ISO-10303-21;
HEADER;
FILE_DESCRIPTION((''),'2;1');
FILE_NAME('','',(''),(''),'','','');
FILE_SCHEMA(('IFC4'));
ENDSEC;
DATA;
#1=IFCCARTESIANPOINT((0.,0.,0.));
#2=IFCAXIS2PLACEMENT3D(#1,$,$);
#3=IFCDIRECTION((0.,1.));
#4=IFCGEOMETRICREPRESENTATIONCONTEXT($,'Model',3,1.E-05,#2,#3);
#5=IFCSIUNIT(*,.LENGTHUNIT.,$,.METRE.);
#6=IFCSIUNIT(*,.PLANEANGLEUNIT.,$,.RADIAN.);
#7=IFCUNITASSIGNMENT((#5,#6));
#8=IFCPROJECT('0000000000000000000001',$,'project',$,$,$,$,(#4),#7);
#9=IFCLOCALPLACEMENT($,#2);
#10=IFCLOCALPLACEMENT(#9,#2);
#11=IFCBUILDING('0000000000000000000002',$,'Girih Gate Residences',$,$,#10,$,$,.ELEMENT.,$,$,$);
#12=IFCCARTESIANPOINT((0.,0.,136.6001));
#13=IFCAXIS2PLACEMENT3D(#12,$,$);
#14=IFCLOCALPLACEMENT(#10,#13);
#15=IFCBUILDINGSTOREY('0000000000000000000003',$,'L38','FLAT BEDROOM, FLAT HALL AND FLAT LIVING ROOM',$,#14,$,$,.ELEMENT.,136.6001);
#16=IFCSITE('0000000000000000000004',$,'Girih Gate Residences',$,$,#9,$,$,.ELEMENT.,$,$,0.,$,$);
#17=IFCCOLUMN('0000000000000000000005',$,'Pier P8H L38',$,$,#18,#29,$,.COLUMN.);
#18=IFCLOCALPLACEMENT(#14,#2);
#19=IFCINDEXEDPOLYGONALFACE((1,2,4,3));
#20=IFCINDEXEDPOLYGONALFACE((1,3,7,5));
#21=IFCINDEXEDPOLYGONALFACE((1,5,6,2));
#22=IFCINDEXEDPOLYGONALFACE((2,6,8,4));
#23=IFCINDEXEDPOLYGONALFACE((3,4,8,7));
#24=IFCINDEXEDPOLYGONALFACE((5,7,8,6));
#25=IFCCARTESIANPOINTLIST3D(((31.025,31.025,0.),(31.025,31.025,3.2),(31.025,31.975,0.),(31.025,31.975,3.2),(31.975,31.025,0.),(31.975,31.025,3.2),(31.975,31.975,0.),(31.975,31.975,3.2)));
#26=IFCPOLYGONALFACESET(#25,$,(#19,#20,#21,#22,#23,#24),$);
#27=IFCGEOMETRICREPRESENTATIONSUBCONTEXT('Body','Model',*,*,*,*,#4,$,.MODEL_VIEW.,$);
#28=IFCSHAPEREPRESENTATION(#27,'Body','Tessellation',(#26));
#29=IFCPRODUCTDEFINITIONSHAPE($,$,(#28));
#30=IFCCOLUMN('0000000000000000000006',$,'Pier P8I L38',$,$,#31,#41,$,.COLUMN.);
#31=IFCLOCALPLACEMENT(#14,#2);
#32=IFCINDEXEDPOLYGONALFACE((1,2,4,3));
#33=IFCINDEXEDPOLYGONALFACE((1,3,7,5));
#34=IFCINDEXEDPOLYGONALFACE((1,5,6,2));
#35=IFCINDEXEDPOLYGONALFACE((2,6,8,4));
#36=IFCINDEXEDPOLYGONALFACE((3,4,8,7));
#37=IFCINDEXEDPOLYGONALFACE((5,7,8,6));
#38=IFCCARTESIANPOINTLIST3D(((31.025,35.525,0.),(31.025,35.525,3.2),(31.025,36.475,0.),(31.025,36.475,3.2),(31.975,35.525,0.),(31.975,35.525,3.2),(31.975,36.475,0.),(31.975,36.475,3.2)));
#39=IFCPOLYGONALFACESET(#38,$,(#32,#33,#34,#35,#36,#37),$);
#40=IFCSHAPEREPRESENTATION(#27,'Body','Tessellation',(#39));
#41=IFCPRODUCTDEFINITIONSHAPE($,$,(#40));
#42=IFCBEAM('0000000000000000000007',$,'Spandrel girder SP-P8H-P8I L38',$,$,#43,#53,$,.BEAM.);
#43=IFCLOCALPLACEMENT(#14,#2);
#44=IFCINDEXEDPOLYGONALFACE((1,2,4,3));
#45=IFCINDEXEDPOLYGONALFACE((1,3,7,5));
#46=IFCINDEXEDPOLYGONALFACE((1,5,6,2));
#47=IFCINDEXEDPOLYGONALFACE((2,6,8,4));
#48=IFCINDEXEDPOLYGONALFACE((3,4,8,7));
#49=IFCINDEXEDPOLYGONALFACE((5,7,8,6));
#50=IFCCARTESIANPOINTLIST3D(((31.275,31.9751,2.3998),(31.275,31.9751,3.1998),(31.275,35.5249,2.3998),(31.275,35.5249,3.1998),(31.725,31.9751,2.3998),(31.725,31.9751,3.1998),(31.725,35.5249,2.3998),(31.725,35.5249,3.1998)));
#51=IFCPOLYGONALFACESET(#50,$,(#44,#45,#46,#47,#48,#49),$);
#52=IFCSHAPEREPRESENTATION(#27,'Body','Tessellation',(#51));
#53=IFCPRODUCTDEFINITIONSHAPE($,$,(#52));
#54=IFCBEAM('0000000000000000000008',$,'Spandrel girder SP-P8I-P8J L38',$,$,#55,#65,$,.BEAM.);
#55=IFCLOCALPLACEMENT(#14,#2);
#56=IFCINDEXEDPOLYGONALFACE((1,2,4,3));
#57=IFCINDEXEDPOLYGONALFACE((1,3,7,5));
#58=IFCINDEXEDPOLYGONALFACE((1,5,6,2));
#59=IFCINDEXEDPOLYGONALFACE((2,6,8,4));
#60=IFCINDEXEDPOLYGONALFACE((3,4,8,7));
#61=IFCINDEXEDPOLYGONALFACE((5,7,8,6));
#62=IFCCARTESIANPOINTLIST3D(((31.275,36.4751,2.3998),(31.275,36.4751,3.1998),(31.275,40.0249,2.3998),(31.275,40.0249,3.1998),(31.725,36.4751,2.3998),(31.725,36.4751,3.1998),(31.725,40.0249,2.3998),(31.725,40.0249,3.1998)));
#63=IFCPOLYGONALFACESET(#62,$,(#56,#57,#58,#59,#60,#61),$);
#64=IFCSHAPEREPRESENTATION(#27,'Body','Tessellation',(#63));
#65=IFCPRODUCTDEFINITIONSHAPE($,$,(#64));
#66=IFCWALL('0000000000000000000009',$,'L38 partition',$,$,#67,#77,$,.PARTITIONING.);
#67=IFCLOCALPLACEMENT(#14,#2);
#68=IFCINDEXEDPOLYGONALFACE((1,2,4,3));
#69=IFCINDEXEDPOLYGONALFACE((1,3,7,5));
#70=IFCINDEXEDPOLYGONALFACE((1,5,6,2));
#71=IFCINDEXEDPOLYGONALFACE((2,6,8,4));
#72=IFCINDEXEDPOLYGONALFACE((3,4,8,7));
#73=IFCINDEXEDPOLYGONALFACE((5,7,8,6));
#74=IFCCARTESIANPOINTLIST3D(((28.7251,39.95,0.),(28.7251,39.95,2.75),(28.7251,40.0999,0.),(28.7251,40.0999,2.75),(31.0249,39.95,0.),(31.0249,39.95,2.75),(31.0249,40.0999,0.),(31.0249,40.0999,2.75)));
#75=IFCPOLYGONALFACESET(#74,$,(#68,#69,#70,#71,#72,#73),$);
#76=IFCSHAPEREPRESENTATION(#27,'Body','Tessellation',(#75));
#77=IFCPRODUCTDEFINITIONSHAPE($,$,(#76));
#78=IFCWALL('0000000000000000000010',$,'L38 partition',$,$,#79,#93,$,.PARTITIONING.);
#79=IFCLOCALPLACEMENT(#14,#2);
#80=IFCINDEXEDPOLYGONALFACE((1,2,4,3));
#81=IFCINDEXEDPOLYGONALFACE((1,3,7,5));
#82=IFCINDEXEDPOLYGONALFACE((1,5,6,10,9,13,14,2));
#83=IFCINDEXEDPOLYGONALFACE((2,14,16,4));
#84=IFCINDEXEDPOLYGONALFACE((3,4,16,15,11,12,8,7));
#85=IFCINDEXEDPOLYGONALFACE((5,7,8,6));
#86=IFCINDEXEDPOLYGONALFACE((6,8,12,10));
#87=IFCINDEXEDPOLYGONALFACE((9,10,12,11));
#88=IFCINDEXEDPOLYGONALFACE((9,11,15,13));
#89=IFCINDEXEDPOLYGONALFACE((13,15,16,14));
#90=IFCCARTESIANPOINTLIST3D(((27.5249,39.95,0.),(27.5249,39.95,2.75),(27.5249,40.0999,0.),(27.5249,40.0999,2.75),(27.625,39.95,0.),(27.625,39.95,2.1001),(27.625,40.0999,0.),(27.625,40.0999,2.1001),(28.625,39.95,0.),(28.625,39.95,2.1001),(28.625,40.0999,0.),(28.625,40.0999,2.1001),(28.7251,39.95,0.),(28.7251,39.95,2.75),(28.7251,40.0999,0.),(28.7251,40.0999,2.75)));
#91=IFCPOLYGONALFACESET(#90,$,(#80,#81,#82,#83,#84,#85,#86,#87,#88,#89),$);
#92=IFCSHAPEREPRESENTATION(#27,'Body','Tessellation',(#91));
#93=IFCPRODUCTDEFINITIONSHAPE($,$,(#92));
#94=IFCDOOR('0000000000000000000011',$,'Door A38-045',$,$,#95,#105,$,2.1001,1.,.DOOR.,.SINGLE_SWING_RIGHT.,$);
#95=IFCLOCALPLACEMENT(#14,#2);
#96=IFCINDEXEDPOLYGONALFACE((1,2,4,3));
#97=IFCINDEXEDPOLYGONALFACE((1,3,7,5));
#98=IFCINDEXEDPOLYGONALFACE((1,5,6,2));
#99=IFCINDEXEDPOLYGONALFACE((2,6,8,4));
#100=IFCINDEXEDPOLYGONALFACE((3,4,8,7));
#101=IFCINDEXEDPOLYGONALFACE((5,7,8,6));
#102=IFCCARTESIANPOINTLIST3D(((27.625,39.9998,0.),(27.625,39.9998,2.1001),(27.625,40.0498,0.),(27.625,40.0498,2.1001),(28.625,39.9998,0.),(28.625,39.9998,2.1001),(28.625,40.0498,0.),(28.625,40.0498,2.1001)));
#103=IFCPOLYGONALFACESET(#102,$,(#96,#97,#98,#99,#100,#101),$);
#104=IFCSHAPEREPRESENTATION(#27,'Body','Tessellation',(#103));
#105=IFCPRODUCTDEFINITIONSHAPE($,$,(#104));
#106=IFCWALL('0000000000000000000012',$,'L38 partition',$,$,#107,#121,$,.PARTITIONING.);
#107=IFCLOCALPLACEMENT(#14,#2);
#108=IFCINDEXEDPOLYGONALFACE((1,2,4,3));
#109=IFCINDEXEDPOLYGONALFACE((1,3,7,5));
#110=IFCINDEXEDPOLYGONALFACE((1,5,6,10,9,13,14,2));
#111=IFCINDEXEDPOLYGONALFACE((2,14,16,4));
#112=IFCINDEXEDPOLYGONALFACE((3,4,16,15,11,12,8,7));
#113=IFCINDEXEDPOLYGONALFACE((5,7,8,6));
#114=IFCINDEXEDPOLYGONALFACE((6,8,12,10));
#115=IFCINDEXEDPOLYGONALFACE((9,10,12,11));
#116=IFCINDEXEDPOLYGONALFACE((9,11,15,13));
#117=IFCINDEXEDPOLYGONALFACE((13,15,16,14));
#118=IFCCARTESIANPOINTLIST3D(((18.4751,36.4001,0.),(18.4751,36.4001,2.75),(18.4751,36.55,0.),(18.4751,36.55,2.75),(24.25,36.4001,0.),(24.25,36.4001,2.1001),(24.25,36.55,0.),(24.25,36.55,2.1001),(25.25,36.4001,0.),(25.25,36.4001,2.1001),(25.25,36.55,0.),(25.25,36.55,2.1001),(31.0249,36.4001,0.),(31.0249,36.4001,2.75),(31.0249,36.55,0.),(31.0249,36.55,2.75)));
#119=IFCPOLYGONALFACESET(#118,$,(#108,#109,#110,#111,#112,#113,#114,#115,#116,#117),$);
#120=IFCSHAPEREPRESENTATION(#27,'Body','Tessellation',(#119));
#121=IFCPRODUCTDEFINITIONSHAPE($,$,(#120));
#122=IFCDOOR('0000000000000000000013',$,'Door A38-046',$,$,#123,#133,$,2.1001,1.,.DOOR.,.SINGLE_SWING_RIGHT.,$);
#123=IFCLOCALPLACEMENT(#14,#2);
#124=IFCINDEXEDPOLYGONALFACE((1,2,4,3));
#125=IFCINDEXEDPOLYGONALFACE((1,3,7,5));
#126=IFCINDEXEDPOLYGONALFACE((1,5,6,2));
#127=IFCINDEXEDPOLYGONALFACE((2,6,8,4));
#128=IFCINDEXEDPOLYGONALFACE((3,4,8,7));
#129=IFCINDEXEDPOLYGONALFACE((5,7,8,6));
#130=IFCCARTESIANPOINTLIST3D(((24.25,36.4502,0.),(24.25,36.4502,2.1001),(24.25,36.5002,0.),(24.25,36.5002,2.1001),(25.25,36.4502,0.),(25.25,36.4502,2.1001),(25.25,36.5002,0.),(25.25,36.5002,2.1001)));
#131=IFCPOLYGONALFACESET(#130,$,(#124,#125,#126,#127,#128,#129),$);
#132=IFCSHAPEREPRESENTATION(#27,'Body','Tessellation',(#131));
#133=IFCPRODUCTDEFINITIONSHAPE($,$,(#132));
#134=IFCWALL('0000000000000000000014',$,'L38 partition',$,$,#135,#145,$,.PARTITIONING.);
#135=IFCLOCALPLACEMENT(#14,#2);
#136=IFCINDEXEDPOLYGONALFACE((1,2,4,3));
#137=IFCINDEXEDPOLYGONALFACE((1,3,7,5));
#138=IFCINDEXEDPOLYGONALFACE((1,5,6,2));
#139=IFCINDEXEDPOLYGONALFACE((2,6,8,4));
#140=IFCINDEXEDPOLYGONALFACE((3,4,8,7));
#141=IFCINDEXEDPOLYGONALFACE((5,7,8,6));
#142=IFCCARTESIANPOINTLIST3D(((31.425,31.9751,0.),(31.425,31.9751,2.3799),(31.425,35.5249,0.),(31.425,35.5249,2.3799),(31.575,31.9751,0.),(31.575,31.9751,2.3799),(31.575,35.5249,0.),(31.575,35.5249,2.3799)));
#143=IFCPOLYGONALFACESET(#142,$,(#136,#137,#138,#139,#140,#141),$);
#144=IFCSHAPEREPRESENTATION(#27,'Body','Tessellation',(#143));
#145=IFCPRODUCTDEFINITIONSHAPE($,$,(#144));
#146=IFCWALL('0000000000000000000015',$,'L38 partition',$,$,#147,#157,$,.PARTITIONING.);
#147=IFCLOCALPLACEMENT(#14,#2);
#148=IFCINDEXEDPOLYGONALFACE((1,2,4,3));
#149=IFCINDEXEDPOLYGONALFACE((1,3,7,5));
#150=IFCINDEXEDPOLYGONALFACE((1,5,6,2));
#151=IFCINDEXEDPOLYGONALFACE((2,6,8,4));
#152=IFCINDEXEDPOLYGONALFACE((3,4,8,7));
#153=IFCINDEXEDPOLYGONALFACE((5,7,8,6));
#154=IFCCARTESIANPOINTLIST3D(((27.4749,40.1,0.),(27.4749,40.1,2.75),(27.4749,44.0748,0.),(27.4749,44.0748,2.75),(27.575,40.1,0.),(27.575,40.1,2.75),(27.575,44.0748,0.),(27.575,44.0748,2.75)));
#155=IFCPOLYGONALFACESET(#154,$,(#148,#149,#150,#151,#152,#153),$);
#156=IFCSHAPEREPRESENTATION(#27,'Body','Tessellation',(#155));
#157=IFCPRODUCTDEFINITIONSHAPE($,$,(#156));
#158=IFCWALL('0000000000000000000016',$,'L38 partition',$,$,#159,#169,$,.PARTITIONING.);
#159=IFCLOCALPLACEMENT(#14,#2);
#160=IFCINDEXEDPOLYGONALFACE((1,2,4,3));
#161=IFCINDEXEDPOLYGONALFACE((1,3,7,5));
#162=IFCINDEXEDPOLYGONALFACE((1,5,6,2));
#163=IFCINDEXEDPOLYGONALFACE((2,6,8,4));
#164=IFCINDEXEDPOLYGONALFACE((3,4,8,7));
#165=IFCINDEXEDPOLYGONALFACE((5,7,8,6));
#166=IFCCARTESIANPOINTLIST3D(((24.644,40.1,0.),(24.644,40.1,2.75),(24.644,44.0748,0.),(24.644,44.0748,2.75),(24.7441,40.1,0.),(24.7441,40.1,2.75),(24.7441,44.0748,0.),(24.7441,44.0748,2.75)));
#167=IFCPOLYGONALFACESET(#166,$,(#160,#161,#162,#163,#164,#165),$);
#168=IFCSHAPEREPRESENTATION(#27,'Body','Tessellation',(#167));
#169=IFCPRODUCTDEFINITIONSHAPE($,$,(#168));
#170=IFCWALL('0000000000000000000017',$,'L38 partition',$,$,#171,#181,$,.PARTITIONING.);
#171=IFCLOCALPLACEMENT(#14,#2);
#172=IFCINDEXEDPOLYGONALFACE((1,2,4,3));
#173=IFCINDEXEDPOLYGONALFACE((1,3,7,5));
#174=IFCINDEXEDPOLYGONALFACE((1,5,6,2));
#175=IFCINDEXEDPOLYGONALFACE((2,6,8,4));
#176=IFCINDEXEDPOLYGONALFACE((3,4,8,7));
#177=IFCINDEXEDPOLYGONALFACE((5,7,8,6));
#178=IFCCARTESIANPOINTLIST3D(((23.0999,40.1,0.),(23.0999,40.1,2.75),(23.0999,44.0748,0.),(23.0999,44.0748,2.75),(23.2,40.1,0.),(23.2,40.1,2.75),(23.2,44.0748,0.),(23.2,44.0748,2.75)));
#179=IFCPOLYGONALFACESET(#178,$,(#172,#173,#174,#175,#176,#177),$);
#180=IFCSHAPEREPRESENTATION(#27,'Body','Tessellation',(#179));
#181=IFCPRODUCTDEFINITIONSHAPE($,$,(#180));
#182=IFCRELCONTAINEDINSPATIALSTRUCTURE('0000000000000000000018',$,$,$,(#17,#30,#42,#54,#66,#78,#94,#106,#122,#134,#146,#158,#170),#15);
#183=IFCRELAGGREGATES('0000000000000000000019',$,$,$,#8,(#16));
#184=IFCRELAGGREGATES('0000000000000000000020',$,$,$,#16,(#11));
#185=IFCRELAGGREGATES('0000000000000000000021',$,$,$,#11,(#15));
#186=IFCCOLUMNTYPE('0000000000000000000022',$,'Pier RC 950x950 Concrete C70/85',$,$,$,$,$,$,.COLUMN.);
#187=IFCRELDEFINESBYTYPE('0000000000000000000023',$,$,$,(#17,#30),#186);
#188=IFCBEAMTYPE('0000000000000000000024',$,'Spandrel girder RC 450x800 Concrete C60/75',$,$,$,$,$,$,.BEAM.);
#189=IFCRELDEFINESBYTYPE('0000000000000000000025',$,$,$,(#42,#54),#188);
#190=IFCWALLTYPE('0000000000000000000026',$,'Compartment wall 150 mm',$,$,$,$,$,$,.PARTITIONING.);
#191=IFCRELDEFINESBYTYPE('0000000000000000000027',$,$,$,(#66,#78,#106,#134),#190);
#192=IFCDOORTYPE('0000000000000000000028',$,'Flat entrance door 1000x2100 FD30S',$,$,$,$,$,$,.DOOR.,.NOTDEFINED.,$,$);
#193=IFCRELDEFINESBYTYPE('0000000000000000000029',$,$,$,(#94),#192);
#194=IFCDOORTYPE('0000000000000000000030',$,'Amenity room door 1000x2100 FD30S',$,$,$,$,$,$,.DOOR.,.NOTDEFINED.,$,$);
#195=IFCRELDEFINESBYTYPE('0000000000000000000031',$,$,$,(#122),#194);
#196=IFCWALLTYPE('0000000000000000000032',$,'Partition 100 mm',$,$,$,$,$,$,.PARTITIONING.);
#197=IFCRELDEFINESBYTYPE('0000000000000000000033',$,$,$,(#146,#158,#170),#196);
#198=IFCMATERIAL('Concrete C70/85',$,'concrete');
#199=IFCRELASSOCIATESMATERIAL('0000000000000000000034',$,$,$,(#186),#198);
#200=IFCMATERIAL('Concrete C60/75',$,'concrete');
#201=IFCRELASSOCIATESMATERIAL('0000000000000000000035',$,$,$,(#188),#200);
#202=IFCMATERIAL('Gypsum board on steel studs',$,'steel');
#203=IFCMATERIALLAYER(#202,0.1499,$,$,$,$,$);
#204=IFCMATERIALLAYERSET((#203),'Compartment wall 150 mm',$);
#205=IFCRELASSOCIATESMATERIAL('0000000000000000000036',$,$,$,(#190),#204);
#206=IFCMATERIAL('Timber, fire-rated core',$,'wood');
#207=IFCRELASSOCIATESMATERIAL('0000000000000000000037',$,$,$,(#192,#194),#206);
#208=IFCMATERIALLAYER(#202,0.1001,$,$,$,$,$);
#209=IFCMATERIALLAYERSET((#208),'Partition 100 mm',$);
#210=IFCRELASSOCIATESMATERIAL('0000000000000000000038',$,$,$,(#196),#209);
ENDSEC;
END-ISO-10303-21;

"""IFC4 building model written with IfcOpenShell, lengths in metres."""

from ifc_helpers import new_model, si_unit, direction, frame, frame_2d, origin, origin_2d, place, context, subcontext, project, spatial, rectangle, extrude, material, layer, layer_set, material_profile, profile_set, type_object, element, fill, save


model = new_model("IFC4")

# Units and contexts
model_context = context("Model", 3, precision=1e-05, world=origin(), true_north=direction((0.0, 1.0)))
body_context = subcontext(model_context, "Body", "Model", "MODEL_VIEW")
ifc_project = project(units=[si_unit("LENGTHUNIT", "METRE"), si_unit("PLANEANGLEUNIT", "RADIAN")], contexts=[model_context])

# Site, building, storey
site_placement = place(None, origin())
site = spatial("IfcSite", under=ifc_project, at=site_placement, Name="Girih Gate Residences", CompositionType="ELEMENT", RefElevation=0.0)
building_placement = place(site_placement, origin())
building = spatial("IfcBuilding", under=site, at=building_placement, Name="Girih Gate Residences", CompositionType="ELEMENT")
storey_placement = place(building_placement, frame((0.0, 0.0, 136.6001)))
storey = spatial("IfcBuildingStorey", under=building, at=storey_placement, Name="L38", Description="FLAT BEDROOM, FLAT HALL AND FLAT LIVING ROOM", CompositionType="ELEMENT", Elevation=136.6001)

# Columns
ifc_material_1 = material(Name="Concrete C70/85", Category="concrete")
ifc_material_profile_1 = material_profile(ifc_material_1, rectangle(XDim=0.95, YDim=0.95, at=origin_2d()))
ifc_profile_set_1 = profile_set([ifc_material_profile_1], Name="Concrete C70/85")
column_type = type_object("IfcColumnType", Name="Pier RC 950x950 Concrete C70/85", PredefinedType="COLUMN", material=ifc_profile_set_1)
for number, where, z_axis, x_axis, name in (
    (1, (31.5, 31.5, 0.0), (0.0, 0.0, 1.0), (1.0, 0.0, 0.0), "Pier P8H L38"),
    (2, (31.5, 36.0, 0.0), (0.0, 0.0, 1.0), (1.0, 0.0, 0.0), "Pier P8I L38"),
):
    element("IfcColumn", number, at=place(storey_placement, frame(where, z_axis=z_axis, x_axis=x_axis)), inside=storey, type_object=column_type, Name=name, PredefinedType="COLUMN", context=body_context, shape_type="SweptSolid", body=[
        extrude(rectangle(XDim=0.95, YDim=0.95, at=origin_2d()), origin(), (0.0, 0.0, 1.0), 3.2),
    ])

# Beams
ifc_material_2 = material(Name="Concrete C60/75", Category="concrete")
ifc_material_profile_2 = material_profile(ifc_material_2, rectangle(XDim=0.45, YDim=0.8, at=origin_2d()))
ifc_profile_set_2 = profile_set([ifc_material_profile_2], Name="Concrete C60/75")
beam_type = type_object("IfcBeamType", Name="Spandrel girder RC 450x800 Concrete C60/75", PredefinedType="BEAM", material=ifc_profile_set_2)
for number, where, z_axis, x_axis, name in (
    (3, (31.5, 31.9751, 2.7998), (0.0, 1.0, 0.0), (-1.0, 0.0, 0.0), "Spandrel girder SP-P8H-P8I L38"),
    (4, (31.5, 36.4751, 2.7998), (0.0, 1.0, 0.0), (-1.0, 0.0, 0.0), "Spandrel girder SP-P8I-P8J L38"),
):
    element("IfcBeam", number, at=place(storey_placement, frame(where, z_axis=z_axis, x_axis=x_axis)), inside=storey, type_object=beam_type, Name=name, PredefinedType="BEAM", context=body_context, shape_type="SweptSolid", body=[
        extrude(rectangle(XDim=0.45, YDim=0.8, at=origin_2d()), origin(), (0.0, 0.0, 1.0), 3.5498),
    ])

# Wall
ifc_material_3 = material(Name="Gypsum board on steel studs", Category="steel")
ifc_layer_1 = layer(ifc_material_3, 0.1499)
ifc_layer_set_1 = layer_set([ifc_layer_1], Name="Compartment wall 150 mm")
wall_type_1 = type_object("IfcWallType", Name="Compartment wall 150 mm", PredefinedType="PARTITIONING", material=ifc_layer_set_1)
wall_1_placement = place(storey_placement, frame((28.7251, 40.0249, 0.0), z_axis=(0.0, 0.0, 1.0), x_axis=(1.0, 0.0, 0.0)))
element("IfcWall", 5, at=wall_1_placement, inside=storey, type_object=wall_type_1, Name="L38 partition", PredefinedType="PARTITIONING", context=body_context, shape_type="SweptSolid", body=[
    extrude(rectangle(XDim=2.2998, YDim=0.1499, at=frame_2d((1.1499, 0.0))), origin(), (0.0, 0.0, 1.0), 2.75),
])

# Walls, openings, doors
wall_2_placement = place(storey_placement, frame((27.5249, 40.0249, 0.0), z_axis=(0.0, 0.0, 1.0), x_axis=(1.0, 0.0, 0.0)))
wall_2 = element("IfcWall", 6, at=wall_2_placement, inside=storey, type_object=wall_type_1, Name="L38 partition", PredefinedType="PARTITIONING", context=body_context, shape_type="SweptSolid", body=[
    extrude(rectangle(XDim=1.2002, YDim=0.1499, at=frame_2d((0.6001, 0.0))), origin(), (0.0, 0.0, 1.0), 2.75),
])
opening_1_placement = place(wall_2_placement, frame((0.1001, 0.0, 0.0)))
opening_1 = element("IfcOpeningElement", 7, at=opening_1_placement, cuts=wall_2, PredefinedType="OPENING", context=body_context, shape_type="SweptSolid", body=[
    extrude(rectangle(XDim=1.0, YDim=2.1001, at=frame_2d((0.5, 1.05))), frame((0.0, 0.085, 0.0), z_axis=(0.0, -1.0, 0.0), x_axis=(1.0, 0.0, 0.0)), (0.0, 0.0, 1.0), 0.1699),
])
ifc_material_4 = material(Name="Timber, fire-rated core", Category="wood")
door_type_1 = type_object("IfcDoorType", Name="Flat entrance door 1000x2100 FD30S", OperationType="NOTDEFINED", PredefinedType="DOOR", material=ifc_material_4)
door_1_placement = place(opening_1_placement, origin())
door_1 = element("IfcDoor", 8, at=door_1_placement, inside=storey, type_object=door_type_1, Name="Door A38-045", OperationType="SINGLE_SWING_RIGHT", OverallHeight=2.1001, OverallWidth=1.0, PredefinedType="DOOR", context=body_context, shape_type="SweptSolid", body=[
    extrude(rectangle(XDim=1.0, YDim=2.1001, at=frame_2d((0.5, 1.05))), frame((0.0, 0.0249, 0.0), z_axis=(0.0, -1.0, 0.0), x_axis=(1.0, 0.0, 0.0)), (0.0, 0.0, 1.0), 0.05),
])
fill(opening_1, door_1)
wall_3_placement = place(storey_placement, frame((31.0249, 36.4751, 0.0), z_axis=(0.0, 0.0, 1.0), x_axis=(-1.0, 0.0, 0.0)))
wall_3 = element("IfcWall", 9, at=wall_3_placement, inside=storey, type_object=wall_type_1, Name="L38 partition", PredefinedType="PARTITIONING", context=body_context, shape_type="SweptSolid", body=[
    extrude(rectangle(XDim=12.5498, YDim=0.1499, at=frame_2d((6.2749, 0.0))), origin(), (0.0, 0.0, 1.0), 2.75),
])
opening_2_placement = place(wall_3_placement, frame((5.7749, 0.0, 0.0)))
opening_2 = element("IfcOpeningElement", 10, at=opening_2_placement, cuts=wall_3, PredefinedType="OPENING", context=body_context, shape_type="SweptSolid", body=[
    extrude(rectangle(XDim=1.0, YDim=2.1001, at=frame_2d((0.5, 1.05))), frame((0.0, 0.085, 0.0), z_axis=(0.0, -1.0, 0.0), x_axis=(1.0, 0.0, 0.0)), (0.0, 0.0, 1.0), 0.1699),
])
door_type_2 = type_object("IfcDoorType", Name="Amenity room door 1000x2100 FD30S", OperationType="NOTDEFINED", PredefinedType="DOOR", material=ifc_material_4)
door_2_placement = place(opening_2_placement, origin())
door_2 = element("IfcDoor", 11, at=door_2_placement, inside=storey, type_object=door_type_2, Name="Door A38-046", OperationType="SINGLE_SWING_RIGHT", OverallHeight=2.1001, OverallWidth=1.0, PredefinedType="DOOR", context=body_context, shape_type="SweptSolid", body=[
    extrude(rectangle(XDim=1.0, YDim=2.1001, at=frame_2d((0.5, 1.05))), frame((0.0, 0.0249, 0.0), z_axis=(0.0, -1.0, 0.0), x_axis=(1.0, 0.0, 0.0)), (0.0, 0.0, 1.0), 0.05),
])
fill(opening_2, door_2)

# Walls
wall_4_placement = place(storey_placement, frame((31.5, 31.9751, 0.0), z_axis=(0.0, 0.0, 1.0), x_axis=(0.0, 1.0, 0.0)))
element("IfcWall", 12, at=wall_4_placement, inside=storey, type_object=wall_type_1, Name="L38 partition", PredefinedType="PARTITIONING", context=body_context, shape_type="SweptSolid", body=[
    extrude(rectangle(XDim=3.5498, YDim=0.1499, at=frame_2d((1.7749, 0.0))), origin(), (0.0, 0.0, 1.0), 2.3799),
])
ifc_layer_2 = layer(ifc_material_3, 0.1001)
ifc_layer_set_2 = layer_set([ifc_layer_2], Name="Partition 100 mm")
wall_type_2 = type_object("IfcWallType", Name="Partition 100 mm", PredefinedType="PARTITIONING", material=ifc_layer_set_2)
for number, where, z_axis, x_axis, name in (
    (13, (27.5249, 40.1001, 0.0), (0.0, 0.0, 1.0), (0.0, 1.0, 0.0), "L38 partition"),
    (14, (24.6941, 40.1001, 0.0), (0.0, 0.0, 1.0), (0.0, 1.0, 0.0), "L38 partition"),
    (15, (23.1499, 40.1001, 0.0), (0.0, 0.0, 1.0), (0.0, 1.0, 0.0), "L38 partition"),
):
    element("IfcWall", number, at=place(storey_placement, frame(where, z_axis=z_axis, x_axis=x_axis)), inside=storey, type_object=wall_type_2, Name=name, PredefinedType="PARTITIONING", context=body_context, shape_type="SweptSolid", body=[
        extrude(rectangle(XDim=3.9749, YDim=0.1001, at=frame_2d((1.9873, 0.0))), origin(), (0.0, 0.0, 1.0), 2.75),
    ])

save(model, "model.ifc")
